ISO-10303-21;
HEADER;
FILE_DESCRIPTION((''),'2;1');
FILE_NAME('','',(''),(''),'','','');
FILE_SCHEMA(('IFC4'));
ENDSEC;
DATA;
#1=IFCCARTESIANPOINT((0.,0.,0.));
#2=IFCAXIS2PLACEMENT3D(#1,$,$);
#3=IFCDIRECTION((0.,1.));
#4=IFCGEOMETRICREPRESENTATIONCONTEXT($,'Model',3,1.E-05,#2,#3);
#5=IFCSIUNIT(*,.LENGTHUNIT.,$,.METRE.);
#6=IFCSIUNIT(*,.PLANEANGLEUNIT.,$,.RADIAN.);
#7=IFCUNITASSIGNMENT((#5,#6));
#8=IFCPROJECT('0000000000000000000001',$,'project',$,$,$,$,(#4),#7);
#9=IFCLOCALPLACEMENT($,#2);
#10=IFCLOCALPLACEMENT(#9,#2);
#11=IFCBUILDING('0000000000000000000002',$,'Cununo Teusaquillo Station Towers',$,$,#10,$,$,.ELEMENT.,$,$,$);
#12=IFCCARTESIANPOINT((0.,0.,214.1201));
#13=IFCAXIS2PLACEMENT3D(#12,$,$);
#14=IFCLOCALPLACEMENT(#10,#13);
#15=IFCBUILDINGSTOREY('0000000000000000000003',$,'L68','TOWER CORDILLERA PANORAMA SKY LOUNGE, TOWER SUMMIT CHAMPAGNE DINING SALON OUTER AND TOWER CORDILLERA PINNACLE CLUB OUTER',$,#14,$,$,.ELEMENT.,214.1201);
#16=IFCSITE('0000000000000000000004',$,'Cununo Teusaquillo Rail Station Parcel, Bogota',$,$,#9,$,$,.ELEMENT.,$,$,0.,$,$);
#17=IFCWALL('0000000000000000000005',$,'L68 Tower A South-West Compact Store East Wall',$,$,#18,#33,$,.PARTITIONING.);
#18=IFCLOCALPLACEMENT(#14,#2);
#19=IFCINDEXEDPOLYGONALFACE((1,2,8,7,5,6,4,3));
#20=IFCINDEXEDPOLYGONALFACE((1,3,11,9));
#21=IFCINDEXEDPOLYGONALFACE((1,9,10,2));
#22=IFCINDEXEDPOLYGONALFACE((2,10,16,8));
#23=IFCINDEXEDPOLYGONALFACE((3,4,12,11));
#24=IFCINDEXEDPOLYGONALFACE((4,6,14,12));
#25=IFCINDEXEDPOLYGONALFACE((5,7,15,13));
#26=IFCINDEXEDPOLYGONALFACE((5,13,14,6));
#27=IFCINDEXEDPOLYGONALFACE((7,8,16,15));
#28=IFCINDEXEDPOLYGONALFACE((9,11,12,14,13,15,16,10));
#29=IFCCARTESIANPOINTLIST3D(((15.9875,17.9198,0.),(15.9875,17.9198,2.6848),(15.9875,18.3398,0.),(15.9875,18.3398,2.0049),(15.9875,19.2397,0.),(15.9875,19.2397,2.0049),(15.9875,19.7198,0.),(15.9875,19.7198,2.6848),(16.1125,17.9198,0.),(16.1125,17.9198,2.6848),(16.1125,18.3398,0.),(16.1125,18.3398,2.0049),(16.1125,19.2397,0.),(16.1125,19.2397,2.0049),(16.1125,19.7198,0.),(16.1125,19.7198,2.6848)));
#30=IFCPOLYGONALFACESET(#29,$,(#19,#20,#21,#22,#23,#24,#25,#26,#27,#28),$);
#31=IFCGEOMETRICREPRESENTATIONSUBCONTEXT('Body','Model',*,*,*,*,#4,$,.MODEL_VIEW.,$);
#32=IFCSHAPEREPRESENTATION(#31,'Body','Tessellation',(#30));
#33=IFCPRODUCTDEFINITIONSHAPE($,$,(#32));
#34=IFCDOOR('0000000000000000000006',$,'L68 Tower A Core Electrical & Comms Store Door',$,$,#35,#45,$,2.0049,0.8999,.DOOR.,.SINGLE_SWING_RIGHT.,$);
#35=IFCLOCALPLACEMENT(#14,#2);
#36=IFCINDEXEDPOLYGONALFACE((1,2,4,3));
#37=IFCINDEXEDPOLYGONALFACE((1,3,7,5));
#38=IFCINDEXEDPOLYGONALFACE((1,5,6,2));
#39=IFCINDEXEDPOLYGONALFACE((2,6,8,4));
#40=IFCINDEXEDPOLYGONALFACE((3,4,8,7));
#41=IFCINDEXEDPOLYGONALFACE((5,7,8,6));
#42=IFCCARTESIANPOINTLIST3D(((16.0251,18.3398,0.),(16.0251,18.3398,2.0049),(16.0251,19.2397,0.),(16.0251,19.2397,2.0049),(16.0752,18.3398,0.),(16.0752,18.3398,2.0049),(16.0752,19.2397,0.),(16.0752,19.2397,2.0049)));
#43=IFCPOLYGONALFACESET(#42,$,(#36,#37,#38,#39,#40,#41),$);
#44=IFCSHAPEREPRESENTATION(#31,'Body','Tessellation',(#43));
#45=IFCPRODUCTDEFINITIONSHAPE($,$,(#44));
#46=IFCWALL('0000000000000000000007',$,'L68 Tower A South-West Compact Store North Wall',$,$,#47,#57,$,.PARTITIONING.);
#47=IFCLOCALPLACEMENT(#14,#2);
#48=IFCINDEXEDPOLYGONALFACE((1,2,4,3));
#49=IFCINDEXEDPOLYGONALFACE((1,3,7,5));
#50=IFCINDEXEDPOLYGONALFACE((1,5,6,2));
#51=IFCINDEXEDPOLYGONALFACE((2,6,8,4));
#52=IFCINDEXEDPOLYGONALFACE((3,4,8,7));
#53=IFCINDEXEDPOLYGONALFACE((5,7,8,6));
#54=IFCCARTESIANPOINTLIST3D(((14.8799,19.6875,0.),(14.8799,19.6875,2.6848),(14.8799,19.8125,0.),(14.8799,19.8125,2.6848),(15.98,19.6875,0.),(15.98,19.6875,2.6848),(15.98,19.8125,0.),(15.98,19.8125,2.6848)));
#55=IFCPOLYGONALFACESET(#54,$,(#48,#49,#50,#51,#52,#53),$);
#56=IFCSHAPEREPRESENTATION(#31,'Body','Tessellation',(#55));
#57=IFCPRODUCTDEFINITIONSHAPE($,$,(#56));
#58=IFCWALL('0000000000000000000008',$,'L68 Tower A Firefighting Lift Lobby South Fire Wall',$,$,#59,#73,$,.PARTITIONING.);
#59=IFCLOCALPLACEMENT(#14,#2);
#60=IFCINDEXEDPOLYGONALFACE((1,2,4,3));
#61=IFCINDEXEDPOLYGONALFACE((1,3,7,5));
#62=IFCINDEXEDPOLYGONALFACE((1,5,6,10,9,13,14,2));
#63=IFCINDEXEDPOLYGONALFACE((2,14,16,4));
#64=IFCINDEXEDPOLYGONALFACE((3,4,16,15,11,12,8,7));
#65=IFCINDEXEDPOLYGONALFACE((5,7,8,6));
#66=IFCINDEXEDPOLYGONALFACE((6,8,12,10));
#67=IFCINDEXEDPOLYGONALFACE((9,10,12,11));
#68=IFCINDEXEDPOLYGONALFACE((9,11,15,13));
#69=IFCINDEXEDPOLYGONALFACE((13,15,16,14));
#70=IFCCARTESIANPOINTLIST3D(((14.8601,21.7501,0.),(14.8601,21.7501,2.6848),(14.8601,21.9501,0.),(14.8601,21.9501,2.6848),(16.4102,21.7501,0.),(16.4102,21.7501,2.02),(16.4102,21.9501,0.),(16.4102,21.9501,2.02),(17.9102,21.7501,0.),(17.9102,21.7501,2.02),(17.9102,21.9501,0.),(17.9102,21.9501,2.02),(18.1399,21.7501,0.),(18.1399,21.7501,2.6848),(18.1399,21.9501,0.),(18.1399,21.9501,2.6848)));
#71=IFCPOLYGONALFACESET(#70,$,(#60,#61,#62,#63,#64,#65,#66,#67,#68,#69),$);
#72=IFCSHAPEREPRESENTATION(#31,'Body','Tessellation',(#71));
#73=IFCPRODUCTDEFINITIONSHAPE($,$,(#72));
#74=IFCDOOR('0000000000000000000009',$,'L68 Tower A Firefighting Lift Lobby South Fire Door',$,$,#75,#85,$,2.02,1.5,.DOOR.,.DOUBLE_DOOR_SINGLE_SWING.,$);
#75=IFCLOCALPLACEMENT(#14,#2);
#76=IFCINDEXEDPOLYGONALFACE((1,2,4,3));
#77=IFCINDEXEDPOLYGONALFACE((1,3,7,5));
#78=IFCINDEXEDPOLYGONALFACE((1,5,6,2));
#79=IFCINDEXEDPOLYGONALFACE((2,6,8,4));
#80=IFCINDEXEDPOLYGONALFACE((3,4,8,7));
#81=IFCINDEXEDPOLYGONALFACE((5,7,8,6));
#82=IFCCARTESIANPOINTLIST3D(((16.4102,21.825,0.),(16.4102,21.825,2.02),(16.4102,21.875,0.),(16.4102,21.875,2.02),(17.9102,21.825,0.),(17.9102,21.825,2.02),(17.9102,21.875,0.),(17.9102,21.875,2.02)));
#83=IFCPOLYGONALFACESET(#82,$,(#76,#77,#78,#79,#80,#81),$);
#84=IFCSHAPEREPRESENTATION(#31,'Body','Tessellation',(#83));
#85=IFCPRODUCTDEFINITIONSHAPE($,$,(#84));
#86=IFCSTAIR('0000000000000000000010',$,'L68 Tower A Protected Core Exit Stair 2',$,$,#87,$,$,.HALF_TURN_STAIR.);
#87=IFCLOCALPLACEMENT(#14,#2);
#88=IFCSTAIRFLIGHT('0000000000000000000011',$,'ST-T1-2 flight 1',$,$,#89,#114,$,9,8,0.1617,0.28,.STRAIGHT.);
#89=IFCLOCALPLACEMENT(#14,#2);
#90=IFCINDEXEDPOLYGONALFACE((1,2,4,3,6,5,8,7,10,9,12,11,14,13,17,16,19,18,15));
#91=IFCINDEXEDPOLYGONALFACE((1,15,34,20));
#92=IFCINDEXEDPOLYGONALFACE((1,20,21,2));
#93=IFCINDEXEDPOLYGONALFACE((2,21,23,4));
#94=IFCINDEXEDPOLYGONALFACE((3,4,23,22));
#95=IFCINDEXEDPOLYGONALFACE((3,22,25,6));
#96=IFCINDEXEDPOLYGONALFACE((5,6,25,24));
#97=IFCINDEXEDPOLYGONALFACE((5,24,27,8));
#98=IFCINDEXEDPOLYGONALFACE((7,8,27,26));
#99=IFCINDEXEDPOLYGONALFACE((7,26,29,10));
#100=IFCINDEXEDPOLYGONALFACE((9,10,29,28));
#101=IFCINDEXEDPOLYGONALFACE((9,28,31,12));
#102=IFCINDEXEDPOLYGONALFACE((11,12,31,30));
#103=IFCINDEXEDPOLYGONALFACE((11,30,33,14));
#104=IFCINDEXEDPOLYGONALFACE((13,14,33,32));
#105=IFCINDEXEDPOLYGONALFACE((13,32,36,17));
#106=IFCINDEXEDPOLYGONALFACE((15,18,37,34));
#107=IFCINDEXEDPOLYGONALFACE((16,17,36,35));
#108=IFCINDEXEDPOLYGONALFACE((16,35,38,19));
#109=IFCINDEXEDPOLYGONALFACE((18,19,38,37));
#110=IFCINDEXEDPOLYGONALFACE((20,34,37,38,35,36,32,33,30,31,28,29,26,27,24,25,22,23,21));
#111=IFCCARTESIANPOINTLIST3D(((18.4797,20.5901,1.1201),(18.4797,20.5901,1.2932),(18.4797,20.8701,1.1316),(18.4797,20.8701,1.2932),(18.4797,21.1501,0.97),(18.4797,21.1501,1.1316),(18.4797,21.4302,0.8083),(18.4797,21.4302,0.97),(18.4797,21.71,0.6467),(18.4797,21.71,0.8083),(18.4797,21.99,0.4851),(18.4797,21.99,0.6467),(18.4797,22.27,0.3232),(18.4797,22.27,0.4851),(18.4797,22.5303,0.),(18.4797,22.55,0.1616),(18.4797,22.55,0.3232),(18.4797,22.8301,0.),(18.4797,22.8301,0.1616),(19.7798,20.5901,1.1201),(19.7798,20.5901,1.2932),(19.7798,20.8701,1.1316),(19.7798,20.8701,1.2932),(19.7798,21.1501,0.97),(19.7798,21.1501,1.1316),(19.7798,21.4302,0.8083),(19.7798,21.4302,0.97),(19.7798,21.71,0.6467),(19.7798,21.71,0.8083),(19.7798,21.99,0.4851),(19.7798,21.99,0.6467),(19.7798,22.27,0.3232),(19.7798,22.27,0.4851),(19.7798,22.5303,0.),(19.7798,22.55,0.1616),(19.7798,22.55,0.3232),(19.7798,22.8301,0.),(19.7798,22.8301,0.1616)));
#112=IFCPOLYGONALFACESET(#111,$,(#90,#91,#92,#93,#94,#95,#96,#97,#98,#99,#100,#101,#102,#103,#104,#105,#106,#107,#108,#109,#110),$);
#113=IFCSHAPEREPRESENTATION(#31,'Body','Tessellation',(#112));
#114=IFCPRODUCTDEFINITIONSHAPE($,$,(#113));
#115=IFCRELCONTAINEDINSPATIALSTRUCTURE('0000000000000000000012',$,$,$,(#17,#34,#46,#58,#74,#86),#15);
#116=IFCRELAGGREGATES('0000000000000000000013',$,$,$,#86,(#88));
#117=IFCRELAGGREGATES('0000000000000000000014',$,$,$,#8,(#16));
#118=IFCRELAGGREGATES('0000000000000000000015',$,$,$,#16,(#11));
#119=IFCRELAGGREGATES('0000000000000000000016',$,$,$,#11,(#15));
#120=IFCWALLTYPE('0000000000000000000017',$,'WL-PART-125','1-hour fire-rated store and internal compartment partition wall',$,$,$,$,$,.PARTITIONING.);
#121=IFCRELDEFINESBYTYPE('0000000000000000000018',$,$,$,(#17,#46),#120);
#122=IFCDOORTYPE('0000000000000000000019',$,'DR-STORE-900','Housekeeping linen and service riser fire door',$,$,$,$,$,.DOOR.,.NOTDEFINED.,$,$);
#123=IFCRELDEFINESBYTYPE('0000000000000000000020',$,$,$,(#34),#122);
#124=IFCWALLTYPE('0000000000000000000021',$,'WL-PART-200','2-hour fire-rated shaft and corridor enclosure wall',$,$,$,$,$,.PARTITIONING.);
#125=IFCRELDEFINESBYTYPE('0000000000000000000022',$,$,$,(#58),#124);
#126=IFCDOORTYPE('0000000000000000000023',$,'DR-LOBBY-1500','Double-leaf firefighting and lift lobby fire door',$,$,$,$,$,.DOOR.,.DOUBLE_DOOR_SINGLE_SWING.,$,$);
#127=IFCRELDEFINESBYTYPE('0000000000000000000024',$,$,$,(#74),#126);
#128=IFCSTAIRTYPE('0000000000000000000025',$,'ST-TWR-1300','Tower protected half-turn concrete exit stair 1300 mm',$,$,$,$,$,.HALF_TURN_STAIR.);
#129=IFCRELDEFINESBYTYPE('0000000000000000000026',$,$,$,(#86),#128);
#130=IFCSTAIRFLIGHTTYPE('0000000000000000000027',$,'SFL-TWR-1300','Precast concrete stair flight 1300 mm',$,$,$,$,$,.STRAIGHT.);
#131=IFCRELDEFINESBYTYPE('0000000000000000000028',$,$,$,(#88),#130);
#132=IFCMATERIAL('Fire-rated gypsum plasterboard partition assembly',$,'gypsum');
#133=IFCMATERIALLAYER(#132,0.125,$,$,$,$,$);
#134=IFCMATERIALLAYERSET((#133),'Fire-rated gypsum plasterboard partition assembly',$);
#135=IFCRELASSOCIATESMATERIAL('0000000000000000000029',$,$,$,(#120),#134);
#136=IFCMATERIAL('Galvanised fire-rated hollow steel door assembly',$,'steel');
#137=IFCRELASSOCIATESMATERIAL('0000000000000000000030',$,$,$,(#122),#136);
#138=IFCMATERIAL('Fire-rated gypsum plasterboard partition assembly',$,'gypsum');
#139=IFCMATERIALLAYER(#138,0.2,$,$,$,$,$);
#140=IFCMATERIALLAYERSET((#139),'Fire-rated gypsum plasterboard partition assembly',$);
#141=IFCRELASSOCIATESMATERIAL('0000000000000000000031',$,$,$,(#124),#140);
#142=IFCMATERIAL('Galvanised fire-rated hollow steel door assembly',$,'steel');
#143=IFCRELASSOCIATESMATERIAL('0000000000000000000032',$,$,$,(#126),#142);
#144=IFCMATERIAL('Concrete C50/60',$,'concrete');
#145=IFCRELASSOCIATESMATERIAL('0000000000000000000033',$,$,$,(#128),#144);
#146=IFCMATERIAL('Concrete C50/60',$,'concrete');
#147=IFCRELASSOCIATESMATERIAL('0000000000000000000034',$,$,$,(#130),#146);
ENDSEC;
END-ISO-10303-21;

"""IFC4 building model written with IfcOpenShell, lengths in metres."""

from ifc_helpers import new_model, si_unit, direction, frame, frame_2d, origin, place, context, subcontext, project, spatial, polyline, rectangle, outline, extrude, source, transform, mapped, material, layer, layer_set, type_object, element, fill, aggregate, save


model = new_model("IFC4")

# Units and contexts
model_context = context("Model", 3, precision=1e-05, world=origin(), true_north=direction((0.0, 1.0)))
body_context = subcontext(model_context, "Body", "Model", "MODEL_VIEW")
ifc_project = project(units=[si_unit("LENGTHUNIT", "METRE"), si_unit("PLANEANGLEUNIT", "RADIAN")], contexts=[model_context])

# Site, building, storey
site_placement = place(None, origin())
site = spatial("IfcSite", under=ifc_project, at=site_placement, Name="Cununo Teusaquillo Rail Station Parcel, Bogota", CompositionType="ELEMENT", RefElevation=0.0)
building_placement = place(site_placement, origin())
building = spatial("IfcBuilding", under=site, at=building_placement, Name="Cununo Teusaquillo Station Towers", CompositionType="ELEMENT")
storey_placement = place(building_placement, frame((0.0, 0.0, 214.1201)))
storey = spatial("IfcBuildingStorey", under=building, at=storey_placement, Name="L68", Description="TOWER CORDILLERA PANORAMA SKY LOUNGE, TOWER SUMMIT CHAMPAGNE DINING SALON OUTER AND TOWER CORDILLERA PINNACLE CLUB OUTER", CompositionType="ELEMENT", Elevation=214.1201)

# Wall, opening, door
ifc_material_1 = material(Name="Fire-rated gypsum plasterboard partition assembly", Category="gypsum")
ifc_layer_1 = layer(ifc_material_1, 0.125)
ifc_layer_set_1 = layer_set([ifc_layer_1], Name="Fire-rated gypsum plasterboard partition assembly")
wall_type_1 = type_object("IfcWallType", Name="WL-PART-125", Description="1-hour fire-rated store and internal compartment partition wall", PredefinedType="PARTITIONING", material=ifc_layer_set_1)
wall_1_placement = place(storey_placement, frame((16.05, 17.9199, 0.0), z_axis=(0.0, 0.0, 1.0), x_axis=(0.0, 1.0, 0.0)))
wall_1 = element("IfcWall", 1, at=wall_1_placement, inside=storey, type_object=wall_type_1, Name="L68 Tower A South-West Compact Store East Wall", PredefinedType="PARTITIONING", context=body_context, shape_type="SweptSolid", body=[
    extrude(rectangle(XDim=1.8, YDim=0.125, at=frame_2d((0.8999, 0.0))), origin(), (0.0, 0.0, 1.0), 2.6848),
])
shared_shape_1 = source(origin(), body_context, "Body", "SweptSolid", [
    extrude(rectangle(XDim=0.8999, YDim=2.0049, at=frame_2d((0.45, 1.0024))), frame((0.0, 0.0725, 0.0), z_axis=(0.0, -1.0, 0.0), x_axis=(1.0, 0.0, 0.0)), (0.0, 0.0, 1.0), 0.145),
])
opening_1_placement = place(wall_1_placement, frame((0.4199, 0.0, 0.0)))
opening_1 = element("IfcOpeningElement", 2, at=opening_1_placement, cuts=wall_1, PredefinedType="OPENING", context=body_context, shape_type="MappedRepresentation", body=[
    mapped(shared_shape_1, transform((0.0, 0.0, 0.0), x_axis=(1.0, 0.0, 0.0), y_axis=(0.0, 1.0, 0.0), z_axis=(0.0, 0.0, 1.0), scale=1.0)),
])
ifc_material_2 = material(Name="Galvanised fire-rated hollow steel door assembly", Category="steel")
door_type_1 = type_object("IfcDoorType", Name="DR-STORE-900", Description="Housekeeping linen and service riser fire door", OperationType="NOTDEFINED", PredefinedType="DOOR", material=ifc_material_2)
shared_shape_2 = source(origin(), body_context, "Body", "SweptSolid", [
    extrude(rectangle(XDim=0.8999, YDim=2.0049, at=frame_2d((0.45, 1.0024))), frame((0.0, 0.0249, 0.0), z_axis=(0.0, -1.0, 0.0), x_axis=(1.0, 0.0, 0.0)), (0.0, 0.0, 1.0), 0.05),
])
door_1_placement = place(opening_1_placement, origin())
door_1 = element("IfcDoor", 3, at=door_1_placement, inside=storey, type_object=door_type_1, Name="L68 Tower A Core Electrical & Comms Store Door", OperationType="SINGLE_SWING_RIGHT", OverallHeight=2.0049, OverallWidth=0.8999, PredefinedType="DOOR", context=body_context, shape_type="MappedRepresentation", body=[
    mapped(shared_shape_2, transform((0.0, 0.0, 0.0), x_axis=(1.0, 0.0, 0.0), y_axis=(0.0, 1.0, 0.0), z_axis=(0.0, 0.0, 1.0), scale=1.0)),
])
fill(opening_1, door_1)

# Wall
wall_2_placement = place(storey_placement, frame((14.8799, 19.75, 0.0), z_axis=(0.0, 0.0, 1.0), x_axis=(1.0, 0.0, 0.0)))
element("IfcWall", 4, at=wall_2_placement, inside=storey, type_object=wall_type_1, Name="L68 Tower A South-West Compact Store North Wall", PredefinedType="PARTITIONING", context=body_context, shape_type="SweptSolid", body=[
    extrude(rectangle(XDim=1.1001, YDim=0.125, at=frame_2d((0.55, 0.0))), origin(), (0.0, 0.0, 1.0), 2.6848),
])

# Wall, opening, door
ifc_material_3 = material(Name="Fire-rated gypsum plasterboard partition assembly", Category="gypsum")
ifc_layer_2 = layer(ifc_material_3, 0.2)
ifc_layer_set_2 = layer_set([ifc_layer_2], Name="Fire-rated gypsum plasterboard partition assembly")
wall_type_2 = type_object("IfcWallType", Name="WL-PART-200", Description="2-hour fire-rated shaft and corridor enclosure wall", PredefinedType="PARTITIONING", material=ifc_layer_set_2)
wall_3_placement = place(storey_placement, frame((14.8601, 21.8501, 0.0), z_axis=(0.0, 0.0, 1.0), x_axis=(1.0, 0.0, 0.0)))
wall_3 = element("IfcWall", 5, at=wall_3_placement, inside=storey, type_object=wall_type_2, Name="L68 Tower A Firefighting Lift Lobby South Fire Wall", PredefinedType="PARTITIONING", context=body_context, shape_type="SweptSolid", body=[
    extrude(rectangle(XDim=3.2798, YDim=0.2, at=frame_2d((1.6399, 0.0))), origin(), (0.0, 0.0, 1.0), 2.6848),
])
shared_shape_3 = source(origin(), body_context, "Body", "SweptSolid", [
    extrude(rectangle(XDim=1.5, YDim=2.02, at=frame_2d((0.75, 1.01))), frame((0.0, 0.1099, 0.0), z_axis=(0.0, -1.0, 0.0), x_axis=(1.0, 0.0, 0.0)), (0.0, 0.0, 1.0), 0.22),
])
opening_2_placement = place(wall_3_placement, frame((1.55, 0.0, 0.0)))
opening_2 = element("IfcOpeningElement", 6, at=opening_2_placement, cuts=wall_3, PredefinedType="OPENING", context=body_context, shape_type="MappedRepresentation", body=[
    mapped(shared_shape_3, transform((0.0, 0.0, 0.0), x_axis=(1.0, 0.0, 0.0), y_axis=(0.0, 1.0, 0.0), z_axis=(0.0, 0.0, 1.0), scale=1.0)),
])
ifc_material_4 = material(Name="Galvanised fire-rated hollow steel door assembly", Category="steel")
door_type_2 = type_object("IfcDoorType", Name="DR-LOBBY-1500", Description="Double-leaf firefighting and lift lobby fire door", OperationType="DOUBLE_DOOR_SINGLE_SWING", PredefinedType="DOOR", material=ifc_material_4)
shared_shape_4 = source(origin(), body_context, "Body", "SweptSolid", [
    extrude(rectangle(XDim=1.5, YDim=2.02, at=frame_2d((0.75, 1.01))), frame((0.0, 0.0249, 0.0), z_axis=(0.0, -1.0, 0.0), x_axis=(1.0, 0.0, 0.0)), (0.0, 0.0, 1.0), 0.05),
])
door_2_placement = place(opening_2_placement, origin())
door_2 = element("IfcDoor", 7, at=door_2_placement, inside=storey, type_object=door_type_2, Name="L68 Tower A Firefighting Lift Lobby South Fire Door", OperationType="DOUBLE_DOOR_SINGLE_SWING", OverallHeight=2.02, OverallWidth=1.5, PredefinedType="DOOR", context=body_context, shape_type="MappedRepresentation", body=[
    mapped(shared_shape_4, transform((0.0, 0.0, 0.0), x_axis=(1.0, 0.0, 0.0), y_axis=(0.0, 1.0, 0.0), z_axis=(0.0, 0.0, 1.0), scale=1.0)),
])
fill(opening_2, door_2)

# Stair, stair flight
ifc_material_5 = material(Name="Concrete C50/60", Category="concrete")
stair_type = type_object("IfcStairType", Name="ST-TWR-1300", Description="Tower protected half-turn concrete exit stair 1300 mm", PredefinedType="HALF_TURN_STAIR", material=ifc_material_5)
stair_placement = place(storey_placement, origin())
stair = element("IfcStair", 8, at=stair_placement, inside=storey, type_object=stair_type, Name="L68 Tower A Protected Core Exit Stair 2", PredefinedType="HALF_TURN_STAIR")
ifc_material_6 = material(Name="Concrete C50/60", Category="concrete")
stair_flight_type = type_object("IfcStairFlightType", Name="SFL-TWR-1300", Description="Precast concrete stair flight 1300 mm", PredefinedType="STRAIGHT", material=ifc_material_6)
stair_flight_placement = place(storey_placement, frame((19.1299, 22.8301, 0.0), z_axis=(0.0, 0.0, 1.0), x_axis=(0.0, -1.0, 0.0)))
stair_flight = element("IfcStairFlight", 9, at=stair_flight_placement, type_object=stair_flight_type, Name="ST-T1-2 flight 1", NumberOfRisers=9, NumberOfTreads=8, PredefinedType="STRAIGHT", RiserHeight=0.1617, TreadLength=0.28, context=body_context, shape_type="SweptSolid", body=[
    extrude(outline(polyline([(0.0, 0.0), (0.0, 0.1616), (0.28, 0.1616), (0.28, 0.3232), (0.5601, 0.3232), (0.5601, 0.4851), (0.8401, 0.4851), (0.8401, 0.6467), (1.1201, 0.6467), (1.1201, 0.8083), (1.3999, 0.8083), (1.3999, 0.97), (1.6799, 0.97), (1.6799, 1.1316), (1.96, 1.1316), (1.96, 1.2932), (2.24, 1.2932), (2.24, 1.4551), (2.24, 1.1201), (0.2998, 0.0), (0.0, 0.0)])), frame((0.0, 0.6499, 0.0), z_axis=(0.0, -1.0, 0.0), x_axis=(1.0, 0.0, 0.0)), (0.0, 0.0, 1.0), 1.3),
])
aggregate(stair, [stair_flight])

save(model, "model.ifc")
